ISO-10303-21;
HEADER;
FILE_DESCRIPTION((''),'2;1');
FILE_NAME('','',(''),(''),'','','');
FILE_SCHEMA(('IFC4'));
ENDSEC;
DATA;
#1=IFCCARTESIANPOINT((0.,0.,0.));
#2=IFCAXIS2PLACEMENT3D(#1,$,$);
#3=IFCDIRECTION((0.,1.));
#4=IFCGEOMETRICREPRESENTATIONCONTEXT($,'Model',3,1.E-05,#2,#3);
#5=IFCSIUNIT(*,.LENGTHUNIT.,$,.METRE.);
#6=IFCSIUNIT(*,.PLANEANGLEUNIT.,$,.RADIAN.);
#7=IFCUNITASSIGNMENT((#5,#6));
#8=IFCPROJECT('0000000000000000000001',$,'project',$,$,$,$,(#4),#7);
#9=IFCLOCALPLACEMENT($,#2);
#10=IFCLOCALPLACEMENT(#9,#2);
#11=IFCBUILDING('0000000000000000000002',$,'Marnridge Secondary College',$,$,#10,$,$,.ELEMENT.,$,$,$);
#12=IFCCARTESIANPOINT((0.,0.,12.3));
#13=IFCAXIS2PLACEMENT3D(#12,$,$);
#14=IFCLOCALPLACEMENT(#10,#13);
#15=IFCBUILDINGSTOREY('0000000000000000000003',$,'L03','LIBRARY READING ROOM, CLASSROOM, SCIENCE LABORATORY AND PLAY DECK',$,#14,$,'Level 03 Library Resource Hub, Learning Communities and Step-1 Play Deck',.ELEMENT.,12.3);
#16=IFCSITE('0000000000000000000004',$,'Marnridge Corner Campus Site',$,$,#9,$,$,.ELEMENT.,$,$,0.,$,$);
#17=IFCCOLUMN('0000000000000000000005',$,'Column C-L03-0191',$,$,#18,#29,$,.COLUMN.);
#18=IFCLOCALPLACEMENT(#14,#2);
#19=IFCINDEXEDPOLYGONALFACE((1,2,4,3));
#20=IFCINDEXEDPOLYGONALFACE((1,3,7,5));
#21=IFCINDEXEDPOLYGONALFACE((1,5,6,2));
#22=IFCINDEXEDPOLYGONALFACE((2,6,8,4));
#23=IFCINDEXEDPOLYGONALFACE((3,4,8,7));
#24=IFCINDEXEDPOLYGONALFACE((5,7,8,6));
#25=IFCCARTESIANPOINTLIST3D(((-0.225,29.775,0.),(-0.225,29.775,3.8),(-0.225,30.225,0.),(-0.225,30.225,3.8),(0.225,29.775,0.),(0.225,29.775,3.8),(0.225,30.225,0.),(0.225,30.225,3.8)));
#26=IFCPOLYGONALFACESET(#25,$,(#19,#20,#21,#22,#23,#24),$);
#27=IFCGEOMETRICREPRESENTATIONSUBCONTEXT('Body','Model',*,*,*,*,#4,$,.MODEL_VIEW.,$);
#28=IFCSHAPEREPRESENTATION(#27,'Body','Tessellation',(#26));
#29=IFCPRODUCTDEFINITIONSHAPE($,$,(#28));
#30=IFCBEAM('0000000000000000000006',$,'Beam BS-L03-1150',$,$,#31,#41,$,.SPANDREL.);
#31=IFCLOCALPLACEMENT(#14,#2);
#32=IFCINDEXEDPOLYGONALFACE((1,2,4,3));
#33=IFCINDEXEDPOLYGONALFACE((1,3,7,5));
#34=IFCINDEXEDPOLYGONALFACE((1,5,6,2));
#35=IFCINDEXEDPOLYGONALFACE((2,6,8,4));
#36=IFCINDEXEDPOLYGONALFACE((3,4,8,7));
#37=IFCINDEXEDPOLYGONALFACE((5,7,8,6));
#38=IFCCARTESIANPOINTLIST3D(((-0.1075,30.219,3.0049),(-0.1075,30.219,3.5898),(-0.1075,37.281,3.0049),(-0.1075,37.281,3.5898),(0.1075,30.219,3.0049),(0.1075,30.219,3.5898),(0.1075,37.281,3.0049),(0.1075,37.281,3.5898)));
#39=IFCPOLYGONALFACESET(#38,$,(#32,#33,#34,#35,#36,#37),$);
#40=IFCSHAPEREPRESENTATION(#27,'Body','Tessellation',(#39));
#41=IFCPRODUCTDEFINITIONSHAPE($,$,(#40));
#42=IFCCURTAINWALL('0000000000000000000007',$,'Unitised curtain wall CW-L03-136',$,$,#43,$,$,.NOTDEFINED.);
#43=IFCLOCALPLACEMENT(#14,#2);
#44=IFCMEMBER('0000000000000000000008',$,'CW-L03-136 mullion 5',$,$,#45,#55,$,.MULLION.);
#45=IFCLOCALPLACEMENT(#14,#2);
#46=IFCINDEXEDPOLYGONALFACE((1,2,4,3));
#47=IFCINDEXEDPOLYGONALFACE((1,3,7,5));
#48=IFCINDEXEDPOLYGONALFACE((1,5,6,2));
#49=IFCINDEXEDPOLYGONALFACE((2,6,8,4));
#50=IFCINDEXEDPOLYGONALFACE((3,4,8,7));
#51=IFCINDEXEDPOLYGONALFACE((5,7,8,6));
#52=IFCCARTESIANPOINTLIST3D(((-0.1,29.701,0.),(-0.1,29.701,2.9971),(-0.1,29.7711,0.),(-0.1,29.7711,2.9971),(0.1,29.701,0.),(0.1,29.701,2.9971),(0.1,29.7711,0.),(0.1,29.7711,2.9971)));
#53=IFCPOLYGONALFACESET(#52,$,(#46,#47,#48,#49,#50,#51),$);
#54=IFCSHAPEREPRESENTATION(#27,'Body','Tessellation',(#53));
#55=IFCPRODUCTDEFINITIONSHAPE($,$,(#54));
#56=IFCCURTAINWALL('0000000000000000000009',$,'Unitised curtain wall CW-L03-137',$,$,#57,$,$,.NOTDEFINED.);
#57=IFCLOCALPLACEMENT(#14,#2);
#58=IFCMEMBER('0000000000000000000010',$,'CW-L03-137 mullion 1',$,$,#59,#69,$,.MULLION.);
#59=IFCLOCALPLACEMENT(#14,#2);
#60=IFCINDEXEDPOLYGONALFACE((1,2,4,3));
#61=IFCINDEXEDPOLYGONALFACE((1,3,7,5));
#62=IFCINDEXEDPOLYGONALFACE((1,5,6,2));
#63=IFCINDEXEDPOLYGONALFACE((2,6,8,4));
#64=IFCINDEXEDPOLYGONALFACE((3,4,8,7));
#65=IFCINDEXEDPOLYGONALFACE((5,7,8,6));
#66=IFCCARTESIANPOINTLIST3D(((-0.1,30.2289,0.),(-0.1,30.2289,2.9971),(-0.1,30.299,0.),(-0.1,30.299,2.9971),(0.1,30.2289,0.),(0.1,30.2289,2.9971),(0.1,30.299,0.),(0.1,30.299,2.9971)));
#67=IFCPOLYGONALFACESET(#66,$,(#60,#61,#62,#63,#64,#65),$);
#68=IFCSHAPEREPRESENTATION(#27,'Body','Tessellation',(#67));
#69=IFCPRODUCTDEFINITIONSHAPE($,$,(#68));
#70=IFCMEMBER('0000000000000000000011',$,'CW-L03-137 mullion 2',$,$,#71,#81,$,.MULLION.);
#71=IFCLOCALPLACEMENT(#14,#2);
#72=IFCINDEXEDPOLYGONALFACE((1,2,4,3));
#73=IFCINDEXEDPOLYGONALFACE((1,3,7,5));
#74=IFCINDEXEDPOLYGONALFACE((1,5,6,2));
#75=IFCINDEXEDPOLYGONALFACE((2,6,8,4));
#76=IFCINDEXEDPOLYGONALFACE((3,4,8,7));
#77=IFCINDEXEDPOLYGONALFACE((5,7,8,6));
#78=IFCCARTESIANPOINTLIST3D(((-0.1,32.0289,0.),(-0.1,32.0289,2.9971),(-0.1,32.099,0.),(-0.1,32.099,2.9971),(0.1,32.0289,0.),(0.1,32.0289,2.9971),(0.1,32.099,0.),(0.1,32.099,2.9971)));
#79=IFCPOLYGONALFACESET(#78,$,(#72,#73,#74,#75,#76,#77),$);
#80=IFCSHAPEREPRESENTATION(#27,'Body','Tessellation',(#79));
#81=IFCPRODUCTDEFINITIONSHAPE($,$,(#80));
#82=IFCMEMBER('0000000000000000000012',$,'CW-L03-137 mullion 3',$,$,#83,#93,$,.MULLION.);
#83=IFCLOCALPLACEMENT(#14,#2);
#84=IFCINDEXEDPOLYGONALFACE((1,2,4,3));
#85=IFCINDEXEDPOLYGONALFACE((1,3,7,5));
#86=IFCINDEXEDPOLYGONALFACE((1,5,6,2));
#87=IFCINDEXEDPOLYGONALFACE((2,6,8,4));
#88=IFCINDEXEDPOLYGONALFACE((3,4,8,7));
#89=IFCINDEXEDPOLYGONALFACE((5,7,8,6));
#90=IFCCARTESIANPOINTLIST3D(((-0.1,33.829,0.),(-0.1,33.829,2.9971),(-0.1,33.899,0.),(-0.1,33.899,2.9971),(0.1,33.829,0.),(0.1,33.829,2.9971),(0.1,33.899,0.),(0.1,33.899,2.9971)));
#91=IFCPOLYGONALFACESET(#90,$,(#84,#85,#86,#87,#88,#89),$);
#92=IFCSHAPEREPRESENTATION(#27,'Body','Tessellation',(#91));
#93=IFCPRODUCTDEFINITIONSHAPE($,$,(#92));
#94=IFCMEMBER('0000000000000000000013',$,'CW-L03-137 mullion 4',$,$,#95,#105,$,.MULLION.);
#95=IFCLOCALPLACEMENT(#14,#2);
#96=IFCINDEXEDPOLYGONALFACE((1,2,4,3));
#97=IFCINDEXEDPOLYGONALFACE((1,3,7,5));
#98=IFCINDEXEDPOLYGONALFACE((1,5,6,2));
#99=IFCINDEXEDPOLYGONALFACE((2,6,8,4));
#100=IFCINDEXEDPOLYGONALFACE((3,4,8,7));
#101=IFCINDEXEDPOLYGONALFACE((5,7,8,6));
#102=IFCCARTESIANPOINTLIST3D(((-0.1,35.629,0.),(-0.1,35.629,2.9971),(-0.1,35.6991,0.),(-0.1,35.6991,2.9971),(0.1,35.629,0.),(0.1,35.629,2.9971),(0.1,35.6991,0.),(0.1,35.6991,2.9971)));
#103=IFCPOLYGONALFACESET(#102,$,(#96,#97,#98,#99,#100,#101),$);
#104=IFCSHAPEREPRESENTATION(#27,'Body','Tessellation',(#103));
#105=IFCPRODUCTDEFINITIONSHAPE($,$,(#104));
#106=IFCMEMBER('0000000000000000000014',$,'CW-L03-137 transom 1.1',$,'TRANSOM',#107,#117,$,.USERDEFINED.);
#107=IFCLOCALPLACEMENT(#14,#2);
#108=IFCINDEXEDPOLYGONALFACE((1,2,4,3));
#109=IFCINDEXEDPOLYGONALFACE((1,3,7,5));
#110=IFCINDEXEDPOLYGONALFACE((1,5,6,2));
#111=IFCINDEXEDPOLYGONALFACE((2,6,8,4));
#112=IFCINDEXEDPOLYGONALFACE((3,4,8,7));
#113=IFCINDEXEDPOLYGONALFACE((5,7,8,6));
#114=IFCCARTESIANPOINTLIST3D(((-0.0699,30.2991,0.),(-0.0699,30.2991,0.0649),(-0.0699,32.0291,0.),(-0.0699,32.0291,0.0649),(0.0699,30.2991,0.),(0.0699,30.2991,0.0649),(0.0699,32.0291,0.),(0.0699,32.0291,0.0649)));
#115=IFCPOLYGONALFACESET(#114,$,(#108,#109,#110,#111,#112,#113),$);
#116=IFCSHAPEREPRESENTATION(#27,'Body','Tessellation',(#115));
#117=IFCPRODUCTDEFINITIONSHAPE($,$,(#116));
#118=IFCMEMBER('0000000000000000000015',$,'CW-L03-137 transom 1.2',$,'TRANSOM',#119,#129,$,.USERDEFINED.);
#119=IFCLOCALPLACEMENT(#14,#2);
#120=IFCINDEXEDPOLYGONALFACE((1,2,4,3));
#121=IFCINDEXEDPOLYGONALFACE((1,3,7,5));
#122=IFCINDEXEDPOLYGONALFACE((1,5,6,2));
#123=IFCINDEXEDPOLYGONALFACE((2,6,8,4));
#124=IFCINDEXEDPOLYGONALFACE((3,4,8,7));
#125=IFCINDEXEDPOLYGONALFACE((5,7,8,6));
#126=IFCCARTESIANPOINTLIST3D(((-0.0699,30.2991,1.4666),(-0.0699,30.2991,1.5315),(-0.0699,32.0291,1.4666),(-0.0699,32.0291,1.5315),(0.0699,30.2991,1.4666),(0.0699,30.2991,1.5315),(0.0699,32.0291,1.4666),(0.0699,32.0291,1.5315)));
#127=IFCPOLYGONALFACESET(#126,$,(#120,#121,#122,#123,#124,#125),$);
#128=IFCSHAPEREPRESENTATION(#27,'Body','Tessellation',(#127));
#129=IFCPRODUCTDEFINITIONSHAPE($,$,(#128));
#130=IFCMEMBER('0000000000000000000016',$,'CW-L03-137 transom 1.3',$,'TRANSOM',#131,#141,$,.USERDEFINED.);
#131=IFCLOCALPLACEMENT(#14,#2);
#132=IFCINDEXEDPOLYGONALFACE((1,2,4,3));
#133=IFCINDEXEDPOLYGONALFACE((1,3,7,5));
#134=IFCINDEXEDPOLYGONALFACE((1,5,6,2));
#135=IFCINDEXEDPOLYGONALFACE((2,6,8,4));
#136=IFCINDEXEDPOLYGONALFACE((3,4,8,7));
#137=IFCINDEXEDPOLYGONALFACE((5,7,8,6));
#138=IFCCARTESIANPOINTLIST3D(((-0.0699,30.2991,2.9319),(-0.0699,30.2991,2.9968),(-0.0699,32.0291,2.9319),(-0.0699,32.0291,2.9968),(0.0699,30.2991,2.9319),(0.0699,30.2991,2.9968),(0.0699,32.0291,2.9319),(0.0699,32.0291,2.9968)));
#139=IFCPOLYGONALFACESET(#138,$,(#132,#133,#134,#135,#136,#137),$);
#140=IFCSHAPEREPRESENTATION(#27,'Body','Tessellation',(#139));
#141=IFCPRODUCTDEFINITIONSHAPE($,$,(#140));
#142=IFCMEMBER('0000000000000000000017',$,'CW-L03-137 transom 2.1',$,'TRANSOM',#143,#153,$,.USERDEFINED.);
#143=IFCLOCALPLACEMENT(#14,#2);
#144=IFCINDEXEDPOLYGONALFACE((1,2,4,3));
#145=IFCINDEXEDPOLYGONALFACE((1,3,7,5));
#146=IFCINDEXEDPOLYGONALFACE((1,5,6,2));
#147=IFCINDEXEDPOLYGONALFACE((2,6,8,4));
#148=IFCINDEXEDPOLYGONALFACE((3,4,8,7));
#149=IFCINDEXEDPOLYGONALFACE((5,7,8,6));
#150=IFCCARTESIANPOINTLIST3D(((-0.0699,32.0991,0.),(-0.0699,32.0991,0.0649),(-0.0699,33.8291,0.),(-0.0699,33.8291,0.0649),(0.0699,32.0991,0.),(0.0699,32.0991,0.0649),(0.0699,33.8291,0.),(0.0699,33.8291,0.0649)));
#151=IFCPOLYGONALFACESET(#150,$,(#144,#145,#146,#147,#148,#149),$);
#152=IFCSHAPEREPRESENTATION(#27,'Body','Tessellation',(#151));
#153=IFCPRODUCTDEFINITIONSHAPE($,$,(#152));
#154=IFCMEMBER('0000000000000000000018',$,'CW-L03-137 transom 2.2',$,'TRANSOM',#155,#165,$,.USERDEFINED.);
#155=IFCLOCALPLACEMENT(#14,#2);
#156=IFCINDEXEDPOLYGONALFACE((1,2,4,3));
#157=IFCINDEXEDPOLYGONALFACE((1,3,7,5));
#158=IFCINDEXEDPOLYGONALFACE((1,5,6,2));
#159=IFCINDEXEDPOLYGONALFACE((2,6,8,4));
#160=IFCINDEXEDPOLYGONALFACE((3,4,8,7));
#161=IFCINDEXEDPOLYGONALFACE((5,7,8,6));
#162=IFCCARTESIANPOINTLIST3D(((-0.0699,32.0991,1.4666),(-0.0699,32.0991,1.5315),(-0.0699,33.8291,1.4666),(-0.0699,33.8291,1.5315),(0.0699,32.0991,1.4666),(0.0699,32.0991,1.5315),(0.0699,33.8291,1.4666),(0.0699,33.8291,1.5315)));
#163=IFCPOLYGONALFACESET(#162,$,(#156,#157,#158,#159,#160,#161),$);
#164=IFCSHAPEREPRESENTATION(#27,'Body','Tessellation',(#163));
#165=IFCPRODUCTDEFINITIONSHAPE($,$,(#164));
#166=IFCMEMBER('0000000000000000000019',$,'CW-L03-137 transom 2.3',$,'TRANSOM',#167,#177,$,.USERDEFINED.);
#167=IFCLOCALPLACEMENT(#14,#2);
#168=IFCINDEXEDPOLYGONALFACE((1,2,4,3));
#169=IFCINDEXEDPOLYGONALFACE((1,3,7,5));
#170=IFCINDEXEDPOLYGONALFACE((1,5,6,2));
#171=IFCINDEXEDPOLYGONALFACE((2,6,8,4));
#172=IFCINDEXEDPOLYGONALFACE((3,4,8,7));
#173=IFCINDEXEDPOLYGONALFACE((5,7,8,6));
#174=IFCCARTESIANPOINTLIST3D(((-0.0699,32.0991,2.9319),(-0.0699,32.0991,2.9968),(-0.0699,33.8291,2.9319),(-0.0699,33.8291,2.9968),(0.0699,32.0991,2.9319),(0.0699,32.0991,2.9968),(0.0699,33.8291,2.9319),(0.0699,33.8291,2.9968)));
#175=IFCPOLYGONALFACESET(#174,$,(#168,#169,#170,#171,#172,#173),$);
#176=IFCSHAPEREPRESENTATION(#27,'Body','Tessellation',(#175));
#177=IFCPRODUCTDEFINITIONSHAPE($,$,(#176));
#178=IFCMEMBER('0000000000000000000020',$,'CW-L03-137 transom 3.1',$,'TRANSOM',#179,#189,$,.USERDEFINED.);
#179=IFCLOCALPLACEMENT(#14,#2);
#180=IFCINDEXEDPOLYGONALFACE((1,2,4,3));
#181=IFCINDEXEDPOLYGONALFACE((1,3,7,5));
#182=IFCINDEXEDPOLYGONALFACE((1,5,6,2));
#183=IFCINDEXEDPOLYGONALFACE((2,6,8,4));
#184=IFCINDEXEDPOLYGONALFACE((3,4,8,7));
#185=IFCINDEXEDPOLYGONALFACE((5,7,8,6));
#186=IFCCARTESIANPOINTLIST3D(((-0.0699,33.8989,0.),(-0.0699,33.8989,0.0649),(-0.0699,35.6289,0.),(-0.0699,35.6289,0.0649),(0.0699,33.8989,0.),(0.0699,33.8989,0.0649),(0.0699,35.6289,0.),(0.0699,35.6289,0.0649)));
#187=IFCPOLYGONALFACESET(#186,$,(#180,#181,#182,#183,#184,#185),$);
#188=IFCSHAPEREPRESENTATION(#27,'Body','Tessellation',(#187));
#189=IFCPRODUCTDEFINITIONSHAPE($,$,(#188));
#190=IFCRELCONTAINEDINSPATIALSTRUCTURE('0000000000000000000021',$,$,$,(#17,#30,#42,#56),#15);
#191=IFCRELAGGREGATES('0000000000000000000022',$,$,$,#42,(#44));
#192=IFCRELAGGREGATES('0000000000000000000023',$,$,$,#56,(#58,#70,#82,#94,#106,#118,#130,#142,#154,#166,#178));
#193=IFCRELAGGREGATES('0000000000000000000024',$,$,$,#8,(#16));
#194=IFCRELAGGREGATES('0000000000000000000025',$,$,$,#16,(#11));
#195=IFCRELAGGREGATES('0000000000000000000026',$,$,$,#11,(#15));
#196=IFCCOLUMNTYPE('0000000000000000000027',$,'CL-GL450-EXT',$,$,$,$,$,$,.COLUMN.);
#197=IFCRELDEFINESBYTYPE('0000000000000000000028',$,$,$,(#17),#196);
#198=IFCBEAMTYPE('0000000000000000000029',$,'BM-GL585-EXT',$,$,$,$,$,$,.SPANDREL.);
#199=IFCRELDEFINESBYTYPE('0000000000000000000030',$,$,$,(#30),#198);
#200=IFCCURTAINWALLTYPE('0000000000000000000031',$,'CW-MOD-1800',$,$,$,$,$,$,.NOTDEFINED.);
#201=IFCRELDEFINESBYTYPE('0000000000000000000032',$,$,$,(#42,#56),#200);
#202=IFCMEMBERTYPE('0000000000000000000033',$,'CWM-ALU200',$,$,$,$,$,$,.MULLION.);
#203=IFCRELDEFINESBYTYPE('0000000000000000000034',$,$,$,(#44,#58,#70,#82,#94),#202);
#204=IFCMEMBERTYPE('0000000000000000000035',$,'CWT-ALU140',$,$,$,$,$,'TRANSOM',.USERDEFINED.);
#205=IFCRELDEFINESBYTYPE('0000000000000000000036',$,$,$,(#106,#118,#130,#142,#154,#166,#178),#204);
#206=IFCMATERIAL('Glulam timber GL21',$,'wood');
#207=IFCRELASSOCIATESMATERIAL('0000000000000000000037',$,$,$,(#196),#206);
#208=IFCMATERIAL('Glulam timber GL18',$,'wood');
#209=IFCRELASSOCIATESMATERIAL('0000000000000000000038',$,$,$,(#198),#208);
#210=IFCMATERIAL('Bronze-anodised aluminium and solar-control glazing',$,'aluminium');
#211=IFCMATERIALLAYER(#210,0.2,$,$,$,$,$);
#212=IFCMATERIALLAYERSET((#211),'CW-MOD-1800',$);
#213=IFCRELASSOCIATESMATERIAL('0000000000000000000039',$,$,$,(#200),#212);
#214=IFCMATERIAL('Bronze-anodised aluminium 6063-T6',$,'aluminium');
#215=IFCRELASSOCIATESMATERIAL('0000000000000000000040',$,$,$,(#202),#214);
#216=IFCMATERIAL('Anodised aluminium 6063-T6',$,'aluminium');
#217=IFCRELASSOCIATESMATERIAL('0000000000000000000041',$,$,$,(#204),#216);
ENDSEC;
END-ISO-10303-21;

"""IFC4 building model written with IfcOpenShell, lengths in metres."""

from ifc_helpers import new_model, si_unit, direction, frame, origin, origin_2d, place, context, subcontext, project, spatial, rectangle, extrude, material, layer, layer_set, material_profile, profile_set, type_object, element, aggregate, save


model = new_model("IFC4")

# Units and contexts
model_context = context("Model", 3, precision=1e-05, world=origin(), true_north=direction((0.0, 1.0)))
body_context = subcontext(model_context, "Body", "Model", "MODEL_VIEW")
ifc_project = project(units=[si_unit("LENGTHUNIT", "METRE"), si_unit("PLANEANGLEUNIT", "RADIAN")], contexts=[model_context])

# Site, building, storey
site_placement = place(None, origin())
site = spatial("IfcSite", under=ifc_project, at=site_placement, Name="Marnridge Corner Campus Site", CompositionType="ELEMENT", RefElevation=0.0)
building_placement = place(site_placement, origin())
building = spatial("IfcBuilding", under=site, at=building_placement, Name="Marnridge Secondary College", CompositionType="ELEMENT")
storey_placement = place(building_placement, frame((0.0, 0.0, 12.3)))
storey = spatial("IfcBuildingStorey", under=building, at=storey_placement, Name="L03", Description="LIBRARY READING ROOM, CLASSROOM, SCIENCE LABORATORY AND PLAY DECK", LongName="Level 03 Library Resource Hub, Learning Communities and Step-1 Play Deck", CompositionType="ELEMENT", Elevation=12.3)

# Column
ifc_material_1 = material(Name="Glulam timber GL21", Category="wood")
ifc_material_profile_1 = material_profile(ifc_material_1, rectangle(XDim=0.45, YDim=0.45, at=origin_2d()), Name="GL21 450x450")
ifc_profile_set_1 = profile_set([ifc_material_profile_1], Name="Glulam timber GL21")
column_type = type_object("IfcColumnType", Name="CL-GL450-EXT", PredefinedType="COLUMN", material=ifc_profile_set_1)
column_placement = place(storey_placement, frame((0.0, 30.0, 0.0), z_axis=(0.0, 0.0, 1.0), x_axis=(1.0, 0.0, 0.0)))
element("IfcColumn", 1, at=column_placement, inside=storey, type_object=column_type, Name="Column C-L03-0191", PredefinedType="COLUMN", context=body_context, shape_type="SweptSolid", body=[
    extrude(rectangle(XDim=0.45, YDim=0.45, at=origin_2d()), origin(), (0.0, 0.0, 1.0), 3.8),
])

# Beam
ifc_material_2 = material(Name="Glulam timber GL18", Category="wood")
ifc_material_profile_2 = material_profile(ifc_material_2, rectangle(XDim=0.2151, YDim=0.585, at=origin_2d()), Name="GL18 215x585")
ifc_profile_set_2 = profile_set([ifc_material_profile_2], Name="Glulam timber GL18")
beam_type = type_object("IfcBeamType", Name="BM-GL585-EXT", PredefinedType="SPANDREL", material=ifc_profile_set_2)
beam_placement = place(storey_placement, frame((0.0, 30.219, 3.2974), z_axis=(0.0, 1.0, 0.0), x_axis=(-1.0, 0.0, 0.0)))
element("IfcBeam", 2, at=beam_placement, inside=storey, type_object=beam_type, Name="Beam BS-L03-1150", PredefinedType="SPANDREL", context=body_context, shape_type="SweptSolid", body=[
    extrude(rectangle(XDim=0.2151, YDim=0.585, at=origin_2d()), origin(), (0.0, 0.0, 1.0), 7.062),
])

# Curtain wall, member
ifc_material_3 = material(Name="Bronze-anodised aluminium and solar-control glazing", Category="aluminium")
ifc_layer_1 = layer(ifc_material_3, 0.2)
ifc_layer_set_1 = layer_set([ifc_layer_1], Name="CW-MOD-1800")
curtain_wall_type = type_object("IfcCurtainWallType", Name="CW-MOD-1800", PredefinedType="NOTDEFINED", material=ifc_layer_set_1)
curtain_wall_1_placement = place(storey_placement, origin())
curtain_wall_1 = element("IfcCurtainWall", 3, at=curtain_wall_1_placement, inside=storey, type_object=curtain_wall_type, Name="Unitised curtain wall CW-L03-136", PredefinedType="NOTDEFINED")
ifc_material_4 = material(Name="Bronze-anodised aluminium 6063-T6", Category="aluminium")
ifc_material_profile_3 = material_profile(ifc_material_4, rectangle(XDim=0.0701, YDim=0.2, at=origin_2d()), Name="ALU 70x200")
ifc_profile_set_3 = profile_set([ifc_material_profile_3], Name="Bronze-anodised aluminium 6063-T6")
member_type_1 = type_object("IfcMemberType", Name="CWM-ALU200", PredefinedType="MULLION", material=ifc_profile_set_3)
member_1_placement = place(storey_placement, frame((0.0, 29.7361, 0.0), z_axis=(0.0, 0.0, 1.0), x_axis=(0.0, 1.0, 0.0)))
member_1 = element("IfcMember", 4, at=member_1_placement, type_object=member_type_1, Name="CW-L03-136 mullion 5", PredefinedType="MULLION", context=body_context, shape_type="SweptSolid", body=[
    extrude(rectangle(XDim=0.0701, YDim=0.2, at=origin_2d()), origin(), (0.0, 0.0, 1.0), 2.9971),
])
aggregate(curtain_wall_1, [member_1])

# Curtain wall, members
curtain_wall_2_placement = place(storey_placement, origin())
curtain_wall_2 = element("IfcCurtainWall", 5, at=curtain_wall_2_placement, inside=storey, type_object=curtain_wall_type, Name="Unitised curtain wall CW-L03-137", PredefinedType="NOTDEFINED")
member_2_placement = place(storey_placement, frame((0.0, 30.2639, 0.0), z_axis=(0.0, 0.0, 1.0), x_axis=(0.0, 1.0, 0.0)))
member_2 = element("IfcMember", 6, at=member_2_placement, type_object=member_type_1, Name="CW-L03-137 mullion 1", PredefinedType="MULLION", context=body_context, shape_type="SweptSolid", body=[
    extrude(rectangle(XDim=0.0701, YDim=0.2, at=origin_2d()), origin(), (0.0, 0.0, 1.0), 2.9971),
])
member_3_placement = place(storey_placement, frame((0.0, 32.064, 0.0), z_axis=(0.0, 0.0, 1.0), x_axis=(0.0, 1.0, 0.0)))
member_3 = element("IfcMember", 7, at=member_3_placement, type_object=member_type_1, Name="CW-L03-137 mullion 2", PredefinedType="MULLION", context=body_context, shape_type="SweptSolid", body=[
    extrude(rectangle(XDim=0.0701, YDim=0.2, at=origin_2d()), origin(), (0.0, 0.0, 1.0), 2.9971),
])
member_4_placement = place(storey_placement, frame((0.0, 33.864, 0.0), z_axis=(0.0, 0.0, 1.0), x_axis=(0.0, 1.0, 0.0)))
member_4 = element("IfcMember", 8, at=member_4_placement, type_object=member_type_1, Name="CW-L03-137 mullion 3", PredefinedType="MULLION", context=body_context, shape_type="SweptSolid", body=[
    extrude(rectangle(XDim=0.0701, YDim=0.2, at=origin_2d()), origin(), (0.0, 0.0, 1.0), 2.9971),
])
member_5_placement = place(storey_placement, frame((0.0, 35.6641, 0.0), z_axis=(0.0, 0.0, 1.0), x_axis=(0.0, 1.0, 0.0)))
member_5 = element("IfcMember", 9, at=member_5_placement, type_object=member_type_1, Name="CW-L03-137 mullion 4", PredefinedType="MULLION", context=body_context, shape_type="SweptSolid", body=[
    extrude(rectangle(XDim=0.0701, YDim=0.2, at=origin_2d()), origin(), (0.0, 0.0, 1.0), 2.9971),
])
ifc_material_5 = material(Name="Anodised aluminium 6063-T6", Category="aluminium")
ifc_material_profile_4 = material_profile(ifc_material_5, rectangle(XDim=0.0649, YDim=0.1399, at=origin_2d()), Name="ALU 65x140")
ifc_profile_set_4 = profile_set([ifc_material_profile_4], Name="Anodised aluminium 6063-T6")
member_type_2 = type_object("IfcMemberType", Name="CWT-ALU140", ElementType="TRANSOM", PredefinedType="USERDEFINED", material=ifc_profile_set_4)
member_6_placement = place(storey_placement, frame((0.0, 30.2991, 0.0325), z_axis=(0.0, 1.0, 0.0), x_axis=(0.0, 0.0, 1.0)))
member_6 = element("IfcMember", 10, at=member_6_placement, type_object=member_type_2, Name="CW-L03-137 transom 1.1", ObjectType="TRANSOM", PredefinedType="USERDEFINED", context=body_context, shape_type="SweptSolid", body=[
    extrude(rectangle(XDim=0.0649, YDim=0.1399, at=origin_2d()), origin(), (0.0, 0.0, 1.0), 1.73),
])
member_7_placement = place(storey_placement, frame((0.0, 30.2991, 1.499), z_axis=(0.0, 1.0, 0.0), x_axis=(0.0, 0.0, 1.0)))
member_7 = element("IfcMember", 11, at=member_7_placement, type_object=member_type_2, Name="CW-L03-137 transom 1.2", ObjectType="TRANSOM", PredefinedType="USERDEFINED", context=body_context, shape_type="SweptSolid", body=[
    extrude(rectangle(XDim=0.0649, YDim=0.1399, at=origin_2d()), origin(), (0.0, 0.0, 1.0), 1.73),
])
member_8_placement = place(storey_placement, frame((0.0, 30.2991, 2.9644), z_axis=(0.0, 1.0, 0.0), x_axis=(0.0, 0.0, 1.0)))
member_8 = element("IfcMember", 12, at=member_8_placement, type_object=member_type_2, Name="CW-L03-137 transom 1.3", ObjectType="TRANSOM", PredefinedType="USERDEFINED", context=body_context, shape_type="SweptSolid", body=[
    extrude(rectangle(XDim=0.0649, YDim=0.1399, at=origin_2d()), origin(), (0.0, 0.0, 1.0), 1.73),
])
member_9_placement = place(storey_placement, frame((0.0, 32.0991, 0.0325), z_axis=(0.0, 1.0, 0.0), x_axis=(0.0, 0.0, 1.0)))
member_9 = element("IfcMember", 13, at=member_9_placement, type_object=member_type_2, Name="CW-L03-137 transom 2.1", ObjectType="TRANSOM", PredefinedType="USERDEFINED", context=body_context, shape_type="SweptSolid", body=[
    extrude(rectangle(XDim=0.0649, YDim=0.1399, at=origin_2d()), origin(), (0.0, 0.0, 1.0), 1.73),
])
member_10_placement = place(storey_placement, frame((0.0, 32.0991, 1.499), z_axis=(0.0, 1.0, 0.0), x_axis=(0.0, 0.0, 1.0)))
member_10 = element("IfcMember", 14, at=member_10_placement, type_object=member_type_2, Name="CW-L03-137 transom 2.2", ObjectType="TRANSOM", PredefinedType="USERDEFINED", context=body_context, shape_type="SweptSolid", body=[
    extrude(rectangle(XDim=0.0649, YDim=0.1399, at=origin_2d()), origin(), (0.0, 0.0, 1.0), 1.73),
])
member_11_placement = place(storey_placement, frame((0.0, 32.0991, 2.9644), z_axis=(0.0, 1.0, 0.0), x_axis=(0.0, 0.0, 1.0)))
member_11 = element("IfcMember", 15, at=member_11_placement, type_object=member_type_2, Name="CW-L03-137 transom 2.3", ObjectType="TRANSOM", PredefinedType="USERDEFINED", context=body_context, shape_type="SweptSolid", body=[
    extrude(rectangle(XDim=0.0649, YDim=0.1399, at=origin_2d()), origin(), (0.0, 0.0, 1.0), 1.73),
])
member_12_placement = place(storey_placement, frame((0.0, 33.8989, 0.0325), z_axis=(0.0, 1.0, 0.0), x_axis=(0.0, 0.0, 1.0)))
member_12 = element("IfcMember", 16, at=member_12_placement, type_object=member_type_2, Name="CW-L03-137 transom 3.1", ObjectType="TRANSOM", PredefinedType="USERDEFINED", context=body_context, shape_type="SweptSolid", body=[
    extrude(rectangle(XDim=0.0649, YDim=0.1399, at=origin_2d()), origin(), (0.0, 0.0, 1.0), 1.73),
])
aggregate(curtain_wall_2, [member_2, member_3, member_4, member_5, member_6, member_7, member_8, member_9, member_10, member_11, member_12])

save(model, "model.ifc")
